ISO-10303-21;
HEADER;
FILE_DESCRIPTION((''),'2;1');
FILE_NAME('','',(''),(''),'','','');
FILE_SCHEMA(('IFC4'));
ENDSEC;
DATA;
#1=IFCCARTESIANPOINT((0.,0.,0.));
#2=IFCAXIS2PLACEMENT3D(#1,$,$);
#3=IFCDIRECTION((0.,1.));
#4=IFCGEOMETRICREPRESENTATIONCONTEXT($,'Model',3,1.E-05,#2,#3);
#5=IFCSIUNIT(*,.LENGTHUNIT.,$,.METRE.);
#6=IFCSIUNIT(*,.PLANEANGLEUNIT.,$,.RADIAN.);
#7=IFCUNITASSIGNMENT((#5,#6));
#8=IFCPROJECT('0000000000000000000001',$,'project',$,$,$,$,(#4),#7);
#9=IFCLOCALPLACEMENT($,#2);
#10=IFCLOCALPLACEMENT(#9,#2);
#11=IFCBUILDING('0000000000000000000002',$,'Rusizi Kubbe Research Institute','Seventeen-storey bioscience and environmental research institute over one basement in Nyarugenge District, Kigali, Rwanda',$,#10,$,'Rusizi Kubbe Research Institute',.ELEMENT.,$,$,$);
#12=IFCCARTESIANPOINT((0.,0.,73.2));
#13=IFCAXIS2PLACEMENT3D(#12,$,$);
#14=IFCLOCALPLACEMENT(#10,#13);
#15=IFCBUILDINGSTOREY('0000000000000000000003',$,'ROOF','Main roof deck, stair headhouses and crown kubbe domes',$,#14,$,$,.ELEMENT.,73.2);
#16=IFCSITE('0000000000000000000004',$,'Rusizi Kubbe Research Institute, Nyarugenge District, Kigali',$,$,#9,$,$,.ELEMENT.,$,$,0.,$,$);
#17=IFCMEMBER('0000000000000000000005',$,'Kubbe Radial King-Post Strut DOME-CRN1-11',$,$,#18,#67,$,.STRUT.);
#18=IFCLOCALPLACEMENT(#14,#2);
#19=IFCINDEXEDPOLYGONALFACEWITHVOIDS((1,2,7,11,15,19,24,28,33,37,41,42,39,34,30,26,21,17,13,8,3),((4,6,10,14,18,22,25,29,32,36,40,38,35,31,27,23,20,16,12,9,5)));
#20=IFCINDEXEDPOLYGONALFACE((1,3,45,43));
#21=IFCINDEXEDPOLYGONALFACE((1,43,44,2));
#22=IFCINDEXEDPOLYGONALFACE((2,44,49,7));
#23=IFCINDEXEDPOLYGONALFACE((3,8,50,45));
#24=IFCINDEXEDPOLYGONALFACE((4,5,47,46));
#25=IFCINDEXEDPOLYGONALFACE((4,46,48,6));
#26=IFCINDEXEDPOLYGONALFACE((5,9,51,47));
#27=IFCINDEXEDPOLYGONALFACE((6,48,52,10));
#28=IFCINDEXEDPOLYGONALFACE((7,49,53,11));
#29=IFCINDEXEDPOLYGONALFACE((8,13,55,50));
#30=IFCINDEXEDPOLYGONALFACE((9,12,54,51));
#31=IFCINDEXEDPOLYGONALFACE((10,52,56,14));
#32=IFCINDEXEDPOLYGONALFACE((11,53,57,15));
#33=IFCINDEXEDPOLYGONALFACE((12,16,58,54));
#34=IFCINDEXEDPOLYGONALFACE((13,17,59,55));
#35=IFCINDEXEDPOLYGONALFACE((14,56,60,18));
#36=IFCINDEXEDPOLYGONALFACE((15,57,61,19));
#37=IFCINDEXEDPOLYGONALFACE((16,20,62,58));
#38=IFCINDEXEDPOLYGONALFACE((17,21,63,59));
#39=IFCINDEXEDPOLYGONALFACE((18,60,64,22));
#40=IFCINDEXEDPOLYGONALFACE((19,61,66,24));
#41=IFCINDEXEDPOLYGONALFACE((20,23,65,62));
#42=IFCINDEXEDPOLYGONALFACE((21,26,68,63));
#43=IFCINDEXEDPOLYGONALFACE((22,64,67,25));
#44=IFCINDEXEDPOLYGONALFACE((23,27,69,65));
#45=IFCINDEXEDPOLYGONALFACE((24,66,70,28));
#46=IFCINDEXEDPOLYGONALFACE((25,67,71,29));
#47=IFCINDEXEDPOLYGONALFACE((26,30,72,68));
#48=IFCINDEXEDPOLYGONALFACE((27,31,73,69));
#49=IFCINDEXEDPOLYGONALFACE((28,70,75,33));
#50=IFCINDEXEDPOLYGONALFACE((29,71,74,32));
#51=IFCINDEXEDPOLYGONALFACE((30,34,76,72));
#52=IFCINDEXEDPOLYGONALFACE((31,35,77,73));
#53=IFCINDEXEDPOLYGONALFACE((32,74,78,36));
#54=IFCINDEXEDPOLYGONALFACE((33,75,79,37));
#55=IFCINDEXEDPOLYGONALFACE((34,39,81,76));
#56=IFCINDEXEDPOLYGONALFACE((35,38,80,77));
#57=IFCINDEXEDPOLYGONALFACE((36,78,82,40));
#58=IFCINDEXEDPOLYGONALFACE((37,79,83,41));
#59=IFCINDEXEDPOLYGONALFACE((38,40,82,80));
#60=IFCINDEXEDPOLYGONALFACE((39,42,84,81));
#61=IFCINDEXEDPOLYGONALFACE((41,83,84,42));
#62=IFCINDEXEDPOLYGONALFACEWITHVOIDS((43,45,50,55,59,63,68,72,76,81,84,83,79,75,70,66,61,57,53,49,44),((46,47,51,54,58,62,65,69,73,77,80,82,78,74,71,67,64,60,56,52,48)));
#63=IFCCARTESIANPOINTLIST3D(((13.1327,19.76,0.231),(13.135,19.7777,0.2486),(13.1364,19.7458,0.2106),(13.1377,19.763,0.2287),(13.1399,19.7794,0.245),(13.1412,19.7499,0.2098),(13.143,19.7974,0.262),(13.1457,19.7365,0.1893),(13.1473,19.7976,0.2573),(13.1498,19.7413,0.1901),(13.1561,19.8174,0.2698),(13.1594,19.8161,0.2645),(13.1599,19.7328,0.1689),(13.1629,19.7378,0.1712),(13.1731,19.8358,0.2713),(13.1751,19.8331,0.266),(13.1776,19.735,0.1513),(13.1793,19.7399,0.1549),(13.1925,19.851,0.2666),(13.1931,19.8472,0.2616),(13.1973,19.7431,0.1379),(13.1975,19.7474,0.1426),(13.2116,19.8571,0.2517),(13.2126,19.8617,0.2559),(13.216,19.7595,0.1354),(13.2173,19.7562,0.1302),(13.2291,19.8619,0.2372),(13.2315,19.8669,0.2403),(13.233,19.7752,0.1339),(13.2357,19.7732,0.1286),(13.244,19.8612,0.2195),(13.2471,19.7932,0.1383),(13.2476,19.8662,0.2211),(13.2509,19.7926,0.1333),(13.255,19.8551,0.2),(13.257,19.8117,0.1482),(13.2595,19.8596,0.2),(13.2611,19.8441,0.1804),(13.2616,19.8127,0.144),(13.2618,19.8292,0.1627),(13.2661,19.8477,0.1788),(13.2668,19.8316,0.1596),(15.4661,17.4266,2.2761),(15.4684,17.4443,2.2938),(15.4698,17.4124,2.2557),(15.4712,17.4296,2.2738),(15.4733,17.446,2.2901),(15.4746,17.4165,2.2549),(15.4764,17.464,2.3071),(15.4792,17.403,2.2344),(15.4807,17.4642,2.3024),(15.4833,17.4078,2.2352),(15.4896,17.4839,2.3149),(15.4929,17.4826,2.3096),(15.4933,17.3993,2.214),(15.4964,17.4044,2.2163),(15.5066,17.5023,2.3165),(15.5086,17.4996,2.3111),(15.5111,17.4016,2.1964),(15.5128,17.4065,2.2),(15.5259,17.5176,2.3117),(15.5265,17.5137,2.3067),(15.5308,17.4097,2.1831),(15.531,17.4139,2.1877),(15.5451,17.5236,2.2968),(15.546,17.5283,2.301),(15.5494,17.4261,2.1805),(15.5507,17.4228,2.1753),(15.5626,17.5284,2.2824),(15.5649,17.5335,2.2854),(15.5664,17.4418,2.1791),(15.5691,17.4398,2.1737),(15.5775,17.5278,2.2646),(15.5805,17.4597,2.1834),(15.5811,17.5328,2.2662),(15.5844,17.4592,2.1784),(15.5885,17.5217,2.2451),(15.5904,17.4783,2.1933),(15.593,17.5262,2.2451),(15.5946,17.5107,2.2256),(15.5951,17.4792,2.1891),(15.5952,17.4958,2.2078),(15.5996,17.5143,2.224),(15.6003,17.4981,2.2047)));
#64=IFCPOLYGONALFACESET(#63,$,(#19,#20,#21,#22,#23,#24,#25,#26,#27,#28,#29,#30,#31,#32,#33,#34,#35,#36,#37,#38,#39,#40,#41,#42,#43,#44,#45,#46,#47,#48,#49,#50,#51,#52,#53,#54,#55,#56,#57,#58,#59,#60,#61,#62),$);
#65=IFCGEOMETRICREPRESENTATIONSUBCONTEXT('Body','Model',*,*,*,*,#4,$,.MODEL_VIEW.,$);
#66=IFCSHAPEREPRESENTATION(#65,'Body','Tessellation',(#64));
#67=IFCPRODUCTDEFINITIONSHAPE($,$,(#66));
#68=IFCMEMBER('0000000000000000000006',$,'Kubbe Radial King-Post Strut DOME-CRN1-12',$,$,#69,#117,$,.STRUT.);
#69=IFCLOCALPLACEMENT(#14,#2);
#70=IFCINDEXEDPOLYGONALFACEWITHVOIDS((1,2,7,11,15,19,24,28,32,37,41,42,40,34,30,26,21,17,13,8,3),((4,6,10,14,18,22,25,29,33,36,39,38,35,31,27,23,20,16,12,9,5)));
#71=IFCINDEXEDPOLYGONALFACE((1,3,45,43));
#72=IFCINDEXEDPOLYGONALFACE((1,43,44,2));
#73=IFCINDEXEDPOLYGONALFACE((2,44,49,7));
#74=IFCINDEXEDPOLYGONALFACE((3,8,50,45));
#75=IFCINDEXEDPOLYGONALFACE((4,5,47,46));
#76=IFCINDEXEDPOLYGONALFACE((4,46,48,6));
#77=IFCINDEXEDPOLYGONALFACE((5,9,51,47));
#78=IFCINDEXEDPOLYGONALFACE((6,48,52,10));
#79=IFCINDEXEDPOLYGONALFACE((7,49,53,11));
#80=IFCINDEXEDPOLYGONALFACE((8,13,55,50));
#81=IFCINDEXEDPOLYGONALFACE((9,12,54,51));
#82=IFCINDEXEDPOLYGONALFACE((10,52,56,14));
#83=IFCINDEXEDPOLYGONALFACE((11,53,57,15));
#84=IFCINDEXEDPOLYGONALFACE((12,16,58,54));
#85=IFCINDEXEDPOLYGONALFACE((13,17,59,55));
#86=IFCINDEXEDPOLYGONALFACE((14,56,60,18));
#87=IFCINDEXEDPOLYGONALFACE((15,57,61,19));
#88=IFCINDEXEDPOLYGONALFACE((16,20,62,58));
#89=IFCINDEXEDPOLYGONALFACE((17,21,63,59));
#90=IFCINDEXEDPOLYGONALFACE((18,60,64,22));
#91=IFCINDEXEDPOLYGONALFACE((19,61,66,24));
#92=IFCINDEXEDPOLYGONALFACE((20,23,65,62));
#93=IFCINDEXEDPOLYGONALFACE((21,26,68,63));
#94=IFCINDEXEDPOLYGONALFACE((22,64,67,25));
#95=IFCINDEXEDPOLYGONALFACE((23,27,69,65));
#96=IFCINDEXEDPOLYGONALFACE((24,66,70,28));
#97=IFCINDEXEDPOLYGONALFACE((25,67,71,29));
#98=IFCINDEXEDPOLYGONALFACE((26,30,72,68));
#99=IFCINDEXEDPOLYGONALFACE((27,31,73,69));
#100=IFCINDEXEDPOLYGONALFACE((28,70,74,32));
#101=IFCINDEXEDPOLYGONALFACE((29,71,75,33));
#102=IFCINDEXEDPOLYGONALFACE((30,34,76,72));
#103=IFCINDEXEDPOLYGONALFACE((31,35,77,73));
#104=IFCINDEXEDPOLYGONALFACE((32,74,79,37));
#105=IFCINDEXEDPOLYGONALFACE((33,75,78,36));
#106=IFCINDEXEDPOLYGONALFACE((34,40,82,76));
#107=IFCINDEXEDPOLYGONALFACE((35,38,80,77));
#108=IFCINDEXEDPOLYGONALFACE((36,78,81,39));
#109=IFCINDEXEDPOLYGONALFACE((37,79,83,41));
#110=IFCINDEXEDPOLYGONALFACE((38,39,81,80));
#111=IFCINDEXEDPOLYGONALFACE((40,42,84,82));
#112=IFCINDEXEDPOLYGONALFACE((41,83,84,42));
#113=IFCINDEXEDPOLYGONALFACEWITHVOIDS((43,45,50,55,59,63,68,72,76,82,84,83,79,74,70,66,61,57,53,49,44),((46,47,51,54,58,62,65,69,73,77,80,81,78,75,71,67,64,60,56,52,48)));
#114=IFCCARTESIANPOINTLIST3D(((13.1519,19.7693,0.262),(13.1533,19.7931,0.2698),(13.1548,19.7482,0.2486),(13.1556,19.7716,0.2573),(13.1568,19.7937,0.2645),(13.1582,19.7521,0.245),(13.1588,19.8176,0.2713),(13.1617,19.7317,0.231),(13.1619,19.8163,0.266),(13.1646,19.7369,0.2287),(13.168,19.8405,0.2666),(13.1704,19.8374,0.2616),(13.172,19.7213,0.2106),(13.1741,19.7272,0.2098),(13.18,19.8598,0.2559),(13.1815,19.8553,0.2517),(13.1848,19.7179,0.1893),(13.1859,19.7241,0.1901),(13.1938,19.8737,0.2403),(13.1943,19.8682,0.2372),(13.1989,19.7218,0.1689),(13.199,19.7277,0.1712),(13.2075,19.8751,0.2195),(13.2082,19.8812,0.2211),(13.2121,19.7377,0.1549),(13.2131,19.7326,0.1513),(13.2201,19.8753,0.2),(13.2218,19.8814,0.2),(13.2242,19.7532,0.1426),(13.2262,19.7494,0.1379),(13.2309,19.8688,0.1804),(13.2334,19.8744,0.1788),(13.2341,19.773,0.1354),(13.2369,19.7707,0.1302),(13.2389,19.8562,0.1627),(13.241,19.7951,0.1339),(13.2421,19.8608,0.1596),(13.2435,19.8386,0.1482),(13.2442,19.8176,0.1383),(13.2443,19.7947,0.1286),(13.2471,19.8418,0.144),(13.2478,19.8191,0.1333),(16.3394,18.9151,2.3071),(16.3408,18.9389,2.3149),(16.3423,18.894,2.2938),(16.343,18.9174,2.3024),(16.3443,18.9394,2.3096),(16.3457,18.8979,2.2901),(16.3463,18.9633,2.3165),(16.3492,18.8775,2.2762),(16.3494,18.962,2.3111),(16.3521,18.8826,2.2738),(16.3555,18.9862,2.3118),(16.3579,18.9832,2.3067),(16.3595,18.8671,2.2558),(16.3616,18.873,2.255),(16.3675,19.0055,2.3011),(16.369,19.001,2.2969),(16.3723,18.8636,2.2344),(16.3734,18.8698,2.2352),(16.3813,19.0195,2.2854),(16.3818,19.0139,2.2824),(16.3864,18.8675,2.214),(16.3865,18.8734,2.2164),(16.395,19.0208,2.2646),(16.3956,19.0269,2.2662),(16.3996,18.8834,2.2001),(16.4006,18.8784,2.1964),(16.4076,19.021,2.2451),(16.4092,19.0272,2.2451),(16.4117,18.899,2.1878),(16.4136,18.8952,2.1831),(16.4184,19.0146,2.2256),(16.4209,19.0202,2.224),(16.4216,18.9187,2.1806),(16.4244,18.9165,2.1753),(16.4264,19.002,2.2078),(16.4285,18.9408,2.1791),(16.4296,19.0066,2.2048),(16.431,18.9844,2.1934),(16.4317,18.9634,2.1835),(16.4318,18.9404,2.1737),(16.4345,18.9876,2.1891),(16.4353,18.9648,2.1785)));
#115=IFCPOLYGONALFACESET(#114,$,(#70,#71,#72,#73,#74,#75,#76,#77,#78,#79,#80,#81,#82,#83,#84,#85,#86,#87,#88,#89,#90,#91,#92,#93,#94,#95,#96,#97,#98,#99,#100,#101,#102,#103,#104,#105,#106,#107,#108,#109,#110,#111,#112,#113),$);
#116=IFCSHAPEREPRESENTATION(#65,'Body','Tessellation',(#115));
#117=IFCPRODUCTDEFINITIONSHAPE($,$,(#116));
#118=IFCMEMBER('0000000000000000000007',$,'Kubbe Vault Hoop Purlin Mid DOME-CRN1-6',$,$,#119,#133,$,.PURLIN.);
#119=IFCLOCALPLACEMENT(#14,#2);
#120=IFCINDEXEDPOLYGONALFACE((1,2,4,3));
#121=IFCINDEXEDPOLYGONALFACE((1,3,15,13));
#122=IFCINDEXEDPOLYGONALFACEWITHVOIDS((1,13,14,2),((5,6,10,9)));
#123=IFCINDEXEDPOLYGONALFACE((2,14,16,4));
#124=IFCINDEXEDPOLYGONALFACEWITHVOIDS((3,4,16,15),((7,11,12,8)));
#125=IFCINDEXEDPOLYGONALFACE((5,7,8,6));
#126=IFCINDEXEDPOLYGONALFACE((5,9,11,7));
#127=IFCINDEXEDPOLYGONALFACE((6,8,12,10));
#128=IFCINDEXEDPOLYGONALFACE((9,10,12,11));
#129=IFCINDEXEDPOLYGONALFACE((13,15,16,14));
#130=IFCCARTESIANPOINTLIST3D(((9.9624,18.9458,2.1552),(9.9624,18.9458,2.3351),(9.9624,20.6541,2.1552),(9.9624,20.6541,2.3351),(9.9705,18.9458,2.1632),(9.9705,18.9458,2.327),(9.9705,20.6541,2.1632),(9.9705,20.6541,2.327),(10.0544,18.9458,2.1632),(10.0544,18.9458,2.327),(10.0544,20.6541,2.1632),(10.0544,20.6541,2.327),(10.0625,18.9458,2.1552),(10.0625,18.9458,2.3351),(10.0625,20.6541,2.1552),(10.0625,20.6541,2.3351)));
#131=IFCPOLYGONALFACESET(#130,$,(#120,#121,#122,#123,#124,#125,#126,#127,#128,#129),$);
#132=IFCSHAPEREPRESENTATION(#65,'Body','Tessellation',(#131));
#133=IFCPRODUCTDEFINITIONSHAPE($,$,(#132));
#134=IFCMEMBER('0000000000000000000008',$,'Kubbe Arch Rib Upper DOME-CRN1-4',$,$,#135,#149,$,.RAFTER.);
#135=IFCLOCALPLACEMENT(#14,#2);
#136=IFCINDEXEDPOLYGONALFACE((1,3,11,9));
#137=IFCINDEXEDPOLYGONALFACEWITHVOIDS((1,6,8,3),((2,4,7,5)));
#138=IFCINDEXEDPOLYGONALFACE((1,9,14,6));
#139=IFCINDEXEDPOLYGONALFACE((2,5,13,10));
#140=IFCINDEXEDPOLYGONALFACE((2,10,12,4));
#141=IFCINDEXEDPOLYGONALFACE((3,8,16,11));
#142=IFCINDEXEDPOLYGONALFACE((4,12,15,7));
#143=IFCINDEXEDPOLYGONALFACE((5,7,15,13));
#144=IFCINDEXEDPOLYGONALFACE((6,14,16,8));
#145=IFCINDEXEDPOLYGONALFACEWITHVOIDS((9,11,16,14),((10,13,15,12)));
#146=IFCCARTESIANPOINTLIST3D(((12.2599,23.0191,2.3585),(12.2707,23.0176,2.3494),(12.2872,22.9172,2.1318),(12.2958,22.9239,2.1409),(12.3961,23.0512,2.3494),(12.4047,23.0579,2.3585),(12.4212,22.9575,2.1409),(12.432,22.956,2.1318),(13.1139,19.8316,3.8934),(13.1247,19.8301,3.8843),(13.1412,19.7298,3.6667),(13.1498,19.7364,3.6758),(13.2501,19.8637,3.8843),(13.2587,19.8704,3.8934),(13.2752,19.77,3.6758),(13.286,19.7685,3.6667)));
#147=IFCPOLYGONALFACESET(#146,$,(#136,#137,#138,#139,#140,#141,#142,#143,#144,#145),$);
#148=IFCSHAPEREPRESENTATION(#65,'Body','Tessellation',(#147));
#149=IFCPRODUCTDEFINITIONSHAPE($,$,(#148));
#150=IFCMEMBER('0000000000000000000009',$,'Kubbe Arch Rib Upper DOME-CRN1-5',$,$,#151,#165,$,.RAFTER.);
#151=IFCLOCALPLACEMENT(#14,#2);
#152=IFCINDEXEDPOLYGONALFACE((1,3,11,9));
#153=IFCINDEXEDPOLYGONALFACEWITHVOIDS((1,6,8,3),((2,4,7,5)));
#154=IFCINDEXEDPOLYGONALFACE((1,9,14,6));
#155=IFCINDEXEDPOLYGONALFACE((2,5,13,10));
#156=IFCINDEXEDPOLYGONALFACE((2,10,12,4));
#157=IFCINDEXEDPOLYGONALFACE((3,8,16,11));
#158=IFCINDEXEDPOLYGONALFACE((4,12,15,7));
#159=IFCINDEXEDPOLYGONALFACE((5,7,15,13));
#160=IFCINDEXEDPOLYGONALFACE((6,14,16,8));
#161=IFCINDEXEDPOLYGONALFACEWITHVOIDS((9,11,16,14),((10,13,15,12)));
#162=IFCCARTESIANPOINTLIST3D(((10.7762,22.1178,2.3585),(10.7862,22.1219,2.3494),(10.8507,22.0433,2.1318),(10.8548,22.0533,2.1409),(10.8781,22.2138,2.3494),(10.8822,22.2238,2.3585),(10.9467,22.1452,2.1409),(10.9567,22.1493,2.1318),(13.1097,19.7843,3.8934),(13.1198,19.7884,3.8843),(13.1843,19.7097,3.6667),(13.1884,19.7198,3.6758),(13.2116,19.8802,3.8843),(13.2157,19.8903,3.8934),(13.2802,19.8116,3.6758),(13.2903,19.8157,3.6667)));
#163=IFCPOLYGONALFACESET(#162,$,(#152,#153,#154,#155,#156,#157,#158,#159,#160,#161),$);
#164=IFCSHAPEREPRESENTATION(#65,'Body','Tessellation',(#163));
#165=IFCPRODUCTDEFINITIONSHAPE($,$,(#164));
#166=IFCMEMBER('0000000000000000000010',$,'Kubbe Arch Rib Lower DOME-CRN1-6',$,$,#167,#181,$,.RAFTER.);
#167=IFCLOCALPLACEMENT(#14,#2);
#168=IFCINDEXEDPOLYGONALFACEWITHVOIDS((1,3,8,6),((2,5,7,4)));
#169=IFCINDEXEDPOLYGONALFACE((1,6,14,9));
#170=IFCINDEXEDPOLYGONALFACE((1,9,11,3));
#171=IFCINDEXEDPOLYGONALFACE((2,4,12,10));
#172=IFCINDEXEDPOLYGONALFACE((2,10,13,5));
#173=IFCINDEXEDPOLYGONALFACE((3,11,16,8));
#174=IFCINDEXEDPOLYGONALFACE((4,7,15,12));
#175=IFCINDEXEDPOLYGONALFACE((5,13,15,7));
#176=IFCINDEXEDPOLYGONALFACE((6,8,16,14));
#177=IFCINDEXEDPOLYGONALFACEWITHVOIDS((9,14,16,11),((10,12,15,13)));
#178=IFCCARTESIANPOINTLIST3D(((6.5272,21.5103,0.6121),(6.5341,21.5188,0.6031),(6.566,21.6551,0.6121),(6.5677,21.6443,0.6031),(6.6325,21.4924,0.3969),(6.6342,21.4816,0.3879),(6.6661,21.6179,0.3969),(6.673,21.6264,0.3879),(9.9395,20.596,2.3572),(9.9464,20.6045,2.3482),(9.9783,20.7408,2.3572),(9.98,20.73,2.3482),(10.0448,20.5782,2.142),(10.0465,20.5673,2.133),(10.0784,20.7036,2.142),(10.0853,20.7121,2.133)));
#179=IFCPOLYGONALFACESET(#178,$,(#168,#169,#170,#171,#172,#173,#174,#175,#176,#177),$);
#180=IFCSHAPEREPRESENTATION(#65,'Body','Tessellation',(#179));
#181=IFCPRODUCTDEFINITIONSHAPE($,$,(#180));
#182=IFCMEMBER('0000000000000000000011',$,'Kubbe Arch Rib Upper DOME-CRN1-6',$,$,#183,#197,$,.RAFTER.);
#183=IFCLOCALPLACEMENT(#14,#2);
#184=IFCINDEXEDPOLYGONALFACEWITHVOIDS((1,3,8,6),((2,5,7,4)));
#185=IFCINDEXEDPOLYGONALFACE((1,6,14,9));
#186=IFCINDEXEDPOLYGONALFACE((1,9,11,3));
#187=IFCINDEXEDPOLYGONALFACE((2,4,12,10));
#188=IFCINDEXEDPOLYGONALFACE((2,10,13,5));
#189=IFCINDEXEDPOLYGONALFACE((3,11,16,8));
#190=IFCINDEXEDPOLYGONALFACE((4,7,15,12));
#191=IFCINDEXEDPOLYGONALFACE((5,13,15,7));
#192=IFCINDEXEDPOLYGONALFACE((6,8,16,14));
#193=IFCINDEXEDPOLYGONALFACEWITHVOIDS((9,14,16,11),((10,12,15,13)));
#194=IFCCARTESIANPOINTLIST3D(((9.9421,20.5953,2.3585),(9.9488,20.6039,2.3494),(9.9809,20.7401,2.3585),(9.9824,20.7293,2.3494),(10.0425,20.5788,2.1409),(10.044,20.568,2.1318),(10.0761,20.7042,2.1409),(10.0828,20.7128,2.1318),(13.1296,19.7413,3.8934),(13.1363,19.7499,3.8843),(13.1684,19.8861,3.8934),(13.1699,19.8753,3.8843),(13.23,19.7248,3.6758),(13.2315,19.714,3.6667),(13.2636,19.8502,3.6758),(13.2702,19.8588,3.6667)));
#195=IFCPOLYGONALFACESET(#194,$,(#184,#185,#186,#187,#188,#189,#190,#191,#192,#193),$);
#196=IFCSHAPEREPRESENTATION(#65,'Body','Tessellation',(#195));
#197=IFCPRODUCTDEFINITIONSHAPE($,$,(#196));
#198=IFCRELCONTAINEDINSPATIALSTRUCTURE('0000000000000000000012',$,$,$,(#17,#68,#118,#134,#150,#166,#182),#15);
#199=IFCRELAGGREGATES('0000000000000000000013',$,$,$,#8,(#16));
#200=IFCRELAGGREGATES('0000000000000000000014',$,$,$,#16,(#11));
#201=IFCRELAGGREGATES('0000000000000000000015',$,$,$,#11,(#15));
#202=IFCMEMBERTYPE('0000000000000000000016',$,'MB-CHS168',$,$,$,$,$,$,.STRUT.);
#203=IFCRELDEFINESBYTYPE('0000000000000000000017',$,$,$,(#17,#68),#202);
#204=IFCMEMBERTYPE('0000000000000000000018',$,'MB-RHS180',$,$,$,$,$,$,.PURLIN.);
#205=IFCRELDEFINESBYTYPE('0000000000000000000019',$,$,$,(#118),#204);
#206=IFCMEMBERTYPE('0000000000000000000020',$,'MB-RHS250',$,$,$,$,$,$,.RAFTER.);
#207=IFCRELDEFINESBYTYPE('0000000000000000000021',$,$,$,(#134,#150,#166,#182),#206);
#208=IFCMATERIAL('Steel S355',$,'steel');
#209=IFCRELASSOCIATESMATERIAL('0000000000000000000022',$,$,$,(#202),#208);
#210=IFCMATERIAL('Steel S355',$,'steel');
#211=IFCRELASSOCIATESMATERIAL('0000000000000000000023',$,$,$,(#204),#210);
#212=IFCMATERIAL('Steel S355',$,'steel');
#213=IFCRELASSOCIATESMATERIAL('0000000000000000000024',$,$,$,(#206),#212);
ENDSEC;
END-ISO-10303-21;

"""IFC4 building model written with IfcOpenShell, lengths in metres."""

from ifc_helpers import new_model, si_unit, direction, frame, origin, origin_2d, place, context, subcontext, project, spatial, hollow_rectangle, hollow_circle, extrude, material, material_profile, profile_set, type_object, element, save


model = new_model("IFC4")

# Units and contexts
model_context = context("Model", 3, precision=1e-05, world=origin(), true_north=direction((0.0, 1.0)))
body_context = subcontext(model_context, "Body", "Model", "MODEL_VIEW")
ifc_project = project(units=[si_unit("LENGTHUNIT", "METRE"), si_unit("PLANEANGLEUNIT", "RADIAN")], contexts=[model_context])

# Site, building, storey
site_placement = place(None, origin())
site = spatial("IfcSite", under=ifc_project, at=site_placement, Name="Rusizi Kubbe Research Institute, Nyarugenge District, Kigali", CompositionType="ELEMENT", RefElevation=0.0)
building_placement = place(site_placement, origin())
building = spatial("IfcBuilding", under=site, at=building_placement, Name="Rusizi Kubbe Research Institute", Description="Seventeen-storey bioscience and environmental research institute over one basement in Nyarugenge District, Kigali, Rwanda", LongName="Rusizi Kubbe Research Institute", CompositionType="ELEMENT")
storey_placement = place(building_placement, frame((0.0, 0.0, 73.2)))
storey = spatial("IfcBuildingStorey", under=building, at=storey_placement, Name="ROOF", Description="Main roof deck, stair headhouses and crown kubbe domes", CompositionType="ELEMENT", Elevation=73.2)

# Members
ifc_material_1 = material(Name="Steel S355", Category="steel")
ifc_material_profile_1 = material_profile(ifc_material_1, hollow_circle(Radius=0.0842, WallThickness=0.0063, at=origin_2d()), Name="CHS 168.3x6.3")
ifc_profile_set_1 = profile_set([ifc_material_profile_1], Name="Steel S355")
member_type_1 = type_object("IfcMemberType", Name="MB-CHS168", PredefinedType="STRUT", material=ifc_profile_set_1)
for number, where, z_axis, x_axis, name in (
    (1, (13.2, 19.8, 0.2), (0.601043, -0.601043, 0.526777), (0.707107, 0.707107, 0.0), "Kubbe Radial King-Post Strut DOME-CRN1-11"),
    (2, (13.2, 19.8, 0.2), (0.821024, -0.220034, 0.526786), (0.258864, 0.965914, 0.0), "Kubbe Radial King-Post Strut DOME-CRN1-12"),
):
    element("IfcMember", number, at=place(storey_placement, frame(where, z_axis=z_axis, x_axis=x_axis)), inside=storey, type_object=member_type_1, Name=name, PredefinedType="STRUT", context=body_context, shape_type="SweptSolid", body=[
        extrude(hollow_circle(Radius=0.0842, WallThickness=0.0063, at=origin_2d()), origin(), (0.0, 0.0, 1.0), 3.8823),
    ])
ifc_material_2 = material(Name="Steel S355", Category="steel")
ifc_material_profile_2 = material_profile(ifc_material_2, hollow_rectangle(XDim=0.1001, YDim=0.1799, WallThickness=0.0081, at=origin_2d()), Name="RHS 180x100x8.0")
ifc_profile_set_2 = profile_set([ifc_material_profile_2], Name="Steel S355")
member_type_2 = type_object("IfcMemberType", Name="MB-RHS180", PredefinedType="PURLIN", material=ifc_profile_set_2)
member_1_placement = place(storey_placement, frame((10.0125, 20.6541, 2.2451), z_axis=(0.0, -1.0, 0.0), x_axis=(1.0, 0.0, 0.0)))
element("IfcMember", 3, at=member_1_placement, inside=storey, type_object=member_type_2, Name="Kubbe Vault Hoop Purlin Mid DOME-CRN1-6", PredefinedType="PURLIN", context=body_context, shape_type="SweptSolid", body=[
    extrude(hollow_rectangle(XDim=0.1001, YDim=0.1799, WallThickness=0.0081, at=origin_2d()), origin(), (0.0, 0.0, 1.0), 1.7083),
])
ifc_material_3 = material(Name="Steel S355", Category="steel")
ifc_material_profile_3 = material_profile(ifc_material_3, hollow_rectangle(XDim=0.1499, YDim=0.25, WallThickness=0.01, at=origin_2d()), Name="RHS 250x150x10.0")
ifc_profile_set_3 = profile_set([ifc_material_profile_3], Name="Steel S355")
member_type_3 = type_object("IfcMemberType", Name="MB-RHS250", PredefinedType="RAFTER", material=ifc_profile_set_3)
member_2_placement = place(storey_placement, frame((12.3459, 22.9875, 2.2451), z_axis=(0.234653, -0.875825, 0.421745), x_axis=(0.965932, 0.258795, 0.0)))
element("IfcMember", 4, at=member_2_placement, inside=storey, type_object=member_type_3, Name="Kubbe Arch Rib Upper DOME-CRN1-4", PredefinedType="RAFTER", context=body_context, shape_type="SweptSolid", body=[
    extrude(hollow_rectangle(XDim=0.1499, YDim=0.25, WallThickness=0.01, at=origin_2d()), origin(), (0.0, 0.0, 1.0), 3.6394),
])
member_3_placement = place(storey_placement, frame((10.8665, 22.1335, 2.2451), z_axis=(0.641149, -0.641149, 0.421731), x_axis=(0.707107, 0.707107, 0.0)))
element("IfcMember", 5, at=member_3_placement, inside=storey, type_object=member_type_3, Name="Kubbe Arch Rib Upper DOME-CRN1-5", PredefinedType="RAFTER", context=body_context, shape_type="SweptSolid", body=[
    extrude(hollow_rectangle(XDim=0.1499, YDim=0.25, WallThickness=0.01, at=origin_2d()), origin(), (0.0, 0.0, 1.0), 3.6396),
])
member_4_placement = place(storey_placement, frame((6.6001, 21.5684, 0.5), z_axis=(0.866025, -0.232043, 0.442895), x_axis=(0.258811, 0.965928, 0.0)))
element("IfcMember", 6, at=member_4_placement, inside=storey, type_object=member_type_3, Name="Kubbe Arch Rib Lower DOME-CRN1-6", PredefinedType="RAFTER", context=body_context, shape_type="SweptSolid", body=[
    extrude(hollow_rectangle(XDim=0.1499, YDim=0.25, WallThickness=0.01, at=origin_2d()), origin(), (0.0, 0.0, 1.0), 3.9402),
])
member_5_placement = place(storey_placement, frame((10.0125, 20.6541, 2.2451), z_axis=(0.875825, -0.234653, 0.421745), x_axis=(0.258795, 0.965932, 0.0)))
element("IfcMember", 7, at=member_5_placement, inside=storey, type_object=member_type_3, Name="Kubbe Arch Rib Upper DOME-CRN1-6", PredefinedType="RAFTER", context=body_context, shape_type="SweptSolid", body=[
    extrude(hollow_rectangle(XDim=0.1499, YDim=0.25, WallThickness=0.01, at=origin_2d()), origin(), (0.0, 0.0, 1.0), 3.6394),
])

save(model, "model.ifc")
